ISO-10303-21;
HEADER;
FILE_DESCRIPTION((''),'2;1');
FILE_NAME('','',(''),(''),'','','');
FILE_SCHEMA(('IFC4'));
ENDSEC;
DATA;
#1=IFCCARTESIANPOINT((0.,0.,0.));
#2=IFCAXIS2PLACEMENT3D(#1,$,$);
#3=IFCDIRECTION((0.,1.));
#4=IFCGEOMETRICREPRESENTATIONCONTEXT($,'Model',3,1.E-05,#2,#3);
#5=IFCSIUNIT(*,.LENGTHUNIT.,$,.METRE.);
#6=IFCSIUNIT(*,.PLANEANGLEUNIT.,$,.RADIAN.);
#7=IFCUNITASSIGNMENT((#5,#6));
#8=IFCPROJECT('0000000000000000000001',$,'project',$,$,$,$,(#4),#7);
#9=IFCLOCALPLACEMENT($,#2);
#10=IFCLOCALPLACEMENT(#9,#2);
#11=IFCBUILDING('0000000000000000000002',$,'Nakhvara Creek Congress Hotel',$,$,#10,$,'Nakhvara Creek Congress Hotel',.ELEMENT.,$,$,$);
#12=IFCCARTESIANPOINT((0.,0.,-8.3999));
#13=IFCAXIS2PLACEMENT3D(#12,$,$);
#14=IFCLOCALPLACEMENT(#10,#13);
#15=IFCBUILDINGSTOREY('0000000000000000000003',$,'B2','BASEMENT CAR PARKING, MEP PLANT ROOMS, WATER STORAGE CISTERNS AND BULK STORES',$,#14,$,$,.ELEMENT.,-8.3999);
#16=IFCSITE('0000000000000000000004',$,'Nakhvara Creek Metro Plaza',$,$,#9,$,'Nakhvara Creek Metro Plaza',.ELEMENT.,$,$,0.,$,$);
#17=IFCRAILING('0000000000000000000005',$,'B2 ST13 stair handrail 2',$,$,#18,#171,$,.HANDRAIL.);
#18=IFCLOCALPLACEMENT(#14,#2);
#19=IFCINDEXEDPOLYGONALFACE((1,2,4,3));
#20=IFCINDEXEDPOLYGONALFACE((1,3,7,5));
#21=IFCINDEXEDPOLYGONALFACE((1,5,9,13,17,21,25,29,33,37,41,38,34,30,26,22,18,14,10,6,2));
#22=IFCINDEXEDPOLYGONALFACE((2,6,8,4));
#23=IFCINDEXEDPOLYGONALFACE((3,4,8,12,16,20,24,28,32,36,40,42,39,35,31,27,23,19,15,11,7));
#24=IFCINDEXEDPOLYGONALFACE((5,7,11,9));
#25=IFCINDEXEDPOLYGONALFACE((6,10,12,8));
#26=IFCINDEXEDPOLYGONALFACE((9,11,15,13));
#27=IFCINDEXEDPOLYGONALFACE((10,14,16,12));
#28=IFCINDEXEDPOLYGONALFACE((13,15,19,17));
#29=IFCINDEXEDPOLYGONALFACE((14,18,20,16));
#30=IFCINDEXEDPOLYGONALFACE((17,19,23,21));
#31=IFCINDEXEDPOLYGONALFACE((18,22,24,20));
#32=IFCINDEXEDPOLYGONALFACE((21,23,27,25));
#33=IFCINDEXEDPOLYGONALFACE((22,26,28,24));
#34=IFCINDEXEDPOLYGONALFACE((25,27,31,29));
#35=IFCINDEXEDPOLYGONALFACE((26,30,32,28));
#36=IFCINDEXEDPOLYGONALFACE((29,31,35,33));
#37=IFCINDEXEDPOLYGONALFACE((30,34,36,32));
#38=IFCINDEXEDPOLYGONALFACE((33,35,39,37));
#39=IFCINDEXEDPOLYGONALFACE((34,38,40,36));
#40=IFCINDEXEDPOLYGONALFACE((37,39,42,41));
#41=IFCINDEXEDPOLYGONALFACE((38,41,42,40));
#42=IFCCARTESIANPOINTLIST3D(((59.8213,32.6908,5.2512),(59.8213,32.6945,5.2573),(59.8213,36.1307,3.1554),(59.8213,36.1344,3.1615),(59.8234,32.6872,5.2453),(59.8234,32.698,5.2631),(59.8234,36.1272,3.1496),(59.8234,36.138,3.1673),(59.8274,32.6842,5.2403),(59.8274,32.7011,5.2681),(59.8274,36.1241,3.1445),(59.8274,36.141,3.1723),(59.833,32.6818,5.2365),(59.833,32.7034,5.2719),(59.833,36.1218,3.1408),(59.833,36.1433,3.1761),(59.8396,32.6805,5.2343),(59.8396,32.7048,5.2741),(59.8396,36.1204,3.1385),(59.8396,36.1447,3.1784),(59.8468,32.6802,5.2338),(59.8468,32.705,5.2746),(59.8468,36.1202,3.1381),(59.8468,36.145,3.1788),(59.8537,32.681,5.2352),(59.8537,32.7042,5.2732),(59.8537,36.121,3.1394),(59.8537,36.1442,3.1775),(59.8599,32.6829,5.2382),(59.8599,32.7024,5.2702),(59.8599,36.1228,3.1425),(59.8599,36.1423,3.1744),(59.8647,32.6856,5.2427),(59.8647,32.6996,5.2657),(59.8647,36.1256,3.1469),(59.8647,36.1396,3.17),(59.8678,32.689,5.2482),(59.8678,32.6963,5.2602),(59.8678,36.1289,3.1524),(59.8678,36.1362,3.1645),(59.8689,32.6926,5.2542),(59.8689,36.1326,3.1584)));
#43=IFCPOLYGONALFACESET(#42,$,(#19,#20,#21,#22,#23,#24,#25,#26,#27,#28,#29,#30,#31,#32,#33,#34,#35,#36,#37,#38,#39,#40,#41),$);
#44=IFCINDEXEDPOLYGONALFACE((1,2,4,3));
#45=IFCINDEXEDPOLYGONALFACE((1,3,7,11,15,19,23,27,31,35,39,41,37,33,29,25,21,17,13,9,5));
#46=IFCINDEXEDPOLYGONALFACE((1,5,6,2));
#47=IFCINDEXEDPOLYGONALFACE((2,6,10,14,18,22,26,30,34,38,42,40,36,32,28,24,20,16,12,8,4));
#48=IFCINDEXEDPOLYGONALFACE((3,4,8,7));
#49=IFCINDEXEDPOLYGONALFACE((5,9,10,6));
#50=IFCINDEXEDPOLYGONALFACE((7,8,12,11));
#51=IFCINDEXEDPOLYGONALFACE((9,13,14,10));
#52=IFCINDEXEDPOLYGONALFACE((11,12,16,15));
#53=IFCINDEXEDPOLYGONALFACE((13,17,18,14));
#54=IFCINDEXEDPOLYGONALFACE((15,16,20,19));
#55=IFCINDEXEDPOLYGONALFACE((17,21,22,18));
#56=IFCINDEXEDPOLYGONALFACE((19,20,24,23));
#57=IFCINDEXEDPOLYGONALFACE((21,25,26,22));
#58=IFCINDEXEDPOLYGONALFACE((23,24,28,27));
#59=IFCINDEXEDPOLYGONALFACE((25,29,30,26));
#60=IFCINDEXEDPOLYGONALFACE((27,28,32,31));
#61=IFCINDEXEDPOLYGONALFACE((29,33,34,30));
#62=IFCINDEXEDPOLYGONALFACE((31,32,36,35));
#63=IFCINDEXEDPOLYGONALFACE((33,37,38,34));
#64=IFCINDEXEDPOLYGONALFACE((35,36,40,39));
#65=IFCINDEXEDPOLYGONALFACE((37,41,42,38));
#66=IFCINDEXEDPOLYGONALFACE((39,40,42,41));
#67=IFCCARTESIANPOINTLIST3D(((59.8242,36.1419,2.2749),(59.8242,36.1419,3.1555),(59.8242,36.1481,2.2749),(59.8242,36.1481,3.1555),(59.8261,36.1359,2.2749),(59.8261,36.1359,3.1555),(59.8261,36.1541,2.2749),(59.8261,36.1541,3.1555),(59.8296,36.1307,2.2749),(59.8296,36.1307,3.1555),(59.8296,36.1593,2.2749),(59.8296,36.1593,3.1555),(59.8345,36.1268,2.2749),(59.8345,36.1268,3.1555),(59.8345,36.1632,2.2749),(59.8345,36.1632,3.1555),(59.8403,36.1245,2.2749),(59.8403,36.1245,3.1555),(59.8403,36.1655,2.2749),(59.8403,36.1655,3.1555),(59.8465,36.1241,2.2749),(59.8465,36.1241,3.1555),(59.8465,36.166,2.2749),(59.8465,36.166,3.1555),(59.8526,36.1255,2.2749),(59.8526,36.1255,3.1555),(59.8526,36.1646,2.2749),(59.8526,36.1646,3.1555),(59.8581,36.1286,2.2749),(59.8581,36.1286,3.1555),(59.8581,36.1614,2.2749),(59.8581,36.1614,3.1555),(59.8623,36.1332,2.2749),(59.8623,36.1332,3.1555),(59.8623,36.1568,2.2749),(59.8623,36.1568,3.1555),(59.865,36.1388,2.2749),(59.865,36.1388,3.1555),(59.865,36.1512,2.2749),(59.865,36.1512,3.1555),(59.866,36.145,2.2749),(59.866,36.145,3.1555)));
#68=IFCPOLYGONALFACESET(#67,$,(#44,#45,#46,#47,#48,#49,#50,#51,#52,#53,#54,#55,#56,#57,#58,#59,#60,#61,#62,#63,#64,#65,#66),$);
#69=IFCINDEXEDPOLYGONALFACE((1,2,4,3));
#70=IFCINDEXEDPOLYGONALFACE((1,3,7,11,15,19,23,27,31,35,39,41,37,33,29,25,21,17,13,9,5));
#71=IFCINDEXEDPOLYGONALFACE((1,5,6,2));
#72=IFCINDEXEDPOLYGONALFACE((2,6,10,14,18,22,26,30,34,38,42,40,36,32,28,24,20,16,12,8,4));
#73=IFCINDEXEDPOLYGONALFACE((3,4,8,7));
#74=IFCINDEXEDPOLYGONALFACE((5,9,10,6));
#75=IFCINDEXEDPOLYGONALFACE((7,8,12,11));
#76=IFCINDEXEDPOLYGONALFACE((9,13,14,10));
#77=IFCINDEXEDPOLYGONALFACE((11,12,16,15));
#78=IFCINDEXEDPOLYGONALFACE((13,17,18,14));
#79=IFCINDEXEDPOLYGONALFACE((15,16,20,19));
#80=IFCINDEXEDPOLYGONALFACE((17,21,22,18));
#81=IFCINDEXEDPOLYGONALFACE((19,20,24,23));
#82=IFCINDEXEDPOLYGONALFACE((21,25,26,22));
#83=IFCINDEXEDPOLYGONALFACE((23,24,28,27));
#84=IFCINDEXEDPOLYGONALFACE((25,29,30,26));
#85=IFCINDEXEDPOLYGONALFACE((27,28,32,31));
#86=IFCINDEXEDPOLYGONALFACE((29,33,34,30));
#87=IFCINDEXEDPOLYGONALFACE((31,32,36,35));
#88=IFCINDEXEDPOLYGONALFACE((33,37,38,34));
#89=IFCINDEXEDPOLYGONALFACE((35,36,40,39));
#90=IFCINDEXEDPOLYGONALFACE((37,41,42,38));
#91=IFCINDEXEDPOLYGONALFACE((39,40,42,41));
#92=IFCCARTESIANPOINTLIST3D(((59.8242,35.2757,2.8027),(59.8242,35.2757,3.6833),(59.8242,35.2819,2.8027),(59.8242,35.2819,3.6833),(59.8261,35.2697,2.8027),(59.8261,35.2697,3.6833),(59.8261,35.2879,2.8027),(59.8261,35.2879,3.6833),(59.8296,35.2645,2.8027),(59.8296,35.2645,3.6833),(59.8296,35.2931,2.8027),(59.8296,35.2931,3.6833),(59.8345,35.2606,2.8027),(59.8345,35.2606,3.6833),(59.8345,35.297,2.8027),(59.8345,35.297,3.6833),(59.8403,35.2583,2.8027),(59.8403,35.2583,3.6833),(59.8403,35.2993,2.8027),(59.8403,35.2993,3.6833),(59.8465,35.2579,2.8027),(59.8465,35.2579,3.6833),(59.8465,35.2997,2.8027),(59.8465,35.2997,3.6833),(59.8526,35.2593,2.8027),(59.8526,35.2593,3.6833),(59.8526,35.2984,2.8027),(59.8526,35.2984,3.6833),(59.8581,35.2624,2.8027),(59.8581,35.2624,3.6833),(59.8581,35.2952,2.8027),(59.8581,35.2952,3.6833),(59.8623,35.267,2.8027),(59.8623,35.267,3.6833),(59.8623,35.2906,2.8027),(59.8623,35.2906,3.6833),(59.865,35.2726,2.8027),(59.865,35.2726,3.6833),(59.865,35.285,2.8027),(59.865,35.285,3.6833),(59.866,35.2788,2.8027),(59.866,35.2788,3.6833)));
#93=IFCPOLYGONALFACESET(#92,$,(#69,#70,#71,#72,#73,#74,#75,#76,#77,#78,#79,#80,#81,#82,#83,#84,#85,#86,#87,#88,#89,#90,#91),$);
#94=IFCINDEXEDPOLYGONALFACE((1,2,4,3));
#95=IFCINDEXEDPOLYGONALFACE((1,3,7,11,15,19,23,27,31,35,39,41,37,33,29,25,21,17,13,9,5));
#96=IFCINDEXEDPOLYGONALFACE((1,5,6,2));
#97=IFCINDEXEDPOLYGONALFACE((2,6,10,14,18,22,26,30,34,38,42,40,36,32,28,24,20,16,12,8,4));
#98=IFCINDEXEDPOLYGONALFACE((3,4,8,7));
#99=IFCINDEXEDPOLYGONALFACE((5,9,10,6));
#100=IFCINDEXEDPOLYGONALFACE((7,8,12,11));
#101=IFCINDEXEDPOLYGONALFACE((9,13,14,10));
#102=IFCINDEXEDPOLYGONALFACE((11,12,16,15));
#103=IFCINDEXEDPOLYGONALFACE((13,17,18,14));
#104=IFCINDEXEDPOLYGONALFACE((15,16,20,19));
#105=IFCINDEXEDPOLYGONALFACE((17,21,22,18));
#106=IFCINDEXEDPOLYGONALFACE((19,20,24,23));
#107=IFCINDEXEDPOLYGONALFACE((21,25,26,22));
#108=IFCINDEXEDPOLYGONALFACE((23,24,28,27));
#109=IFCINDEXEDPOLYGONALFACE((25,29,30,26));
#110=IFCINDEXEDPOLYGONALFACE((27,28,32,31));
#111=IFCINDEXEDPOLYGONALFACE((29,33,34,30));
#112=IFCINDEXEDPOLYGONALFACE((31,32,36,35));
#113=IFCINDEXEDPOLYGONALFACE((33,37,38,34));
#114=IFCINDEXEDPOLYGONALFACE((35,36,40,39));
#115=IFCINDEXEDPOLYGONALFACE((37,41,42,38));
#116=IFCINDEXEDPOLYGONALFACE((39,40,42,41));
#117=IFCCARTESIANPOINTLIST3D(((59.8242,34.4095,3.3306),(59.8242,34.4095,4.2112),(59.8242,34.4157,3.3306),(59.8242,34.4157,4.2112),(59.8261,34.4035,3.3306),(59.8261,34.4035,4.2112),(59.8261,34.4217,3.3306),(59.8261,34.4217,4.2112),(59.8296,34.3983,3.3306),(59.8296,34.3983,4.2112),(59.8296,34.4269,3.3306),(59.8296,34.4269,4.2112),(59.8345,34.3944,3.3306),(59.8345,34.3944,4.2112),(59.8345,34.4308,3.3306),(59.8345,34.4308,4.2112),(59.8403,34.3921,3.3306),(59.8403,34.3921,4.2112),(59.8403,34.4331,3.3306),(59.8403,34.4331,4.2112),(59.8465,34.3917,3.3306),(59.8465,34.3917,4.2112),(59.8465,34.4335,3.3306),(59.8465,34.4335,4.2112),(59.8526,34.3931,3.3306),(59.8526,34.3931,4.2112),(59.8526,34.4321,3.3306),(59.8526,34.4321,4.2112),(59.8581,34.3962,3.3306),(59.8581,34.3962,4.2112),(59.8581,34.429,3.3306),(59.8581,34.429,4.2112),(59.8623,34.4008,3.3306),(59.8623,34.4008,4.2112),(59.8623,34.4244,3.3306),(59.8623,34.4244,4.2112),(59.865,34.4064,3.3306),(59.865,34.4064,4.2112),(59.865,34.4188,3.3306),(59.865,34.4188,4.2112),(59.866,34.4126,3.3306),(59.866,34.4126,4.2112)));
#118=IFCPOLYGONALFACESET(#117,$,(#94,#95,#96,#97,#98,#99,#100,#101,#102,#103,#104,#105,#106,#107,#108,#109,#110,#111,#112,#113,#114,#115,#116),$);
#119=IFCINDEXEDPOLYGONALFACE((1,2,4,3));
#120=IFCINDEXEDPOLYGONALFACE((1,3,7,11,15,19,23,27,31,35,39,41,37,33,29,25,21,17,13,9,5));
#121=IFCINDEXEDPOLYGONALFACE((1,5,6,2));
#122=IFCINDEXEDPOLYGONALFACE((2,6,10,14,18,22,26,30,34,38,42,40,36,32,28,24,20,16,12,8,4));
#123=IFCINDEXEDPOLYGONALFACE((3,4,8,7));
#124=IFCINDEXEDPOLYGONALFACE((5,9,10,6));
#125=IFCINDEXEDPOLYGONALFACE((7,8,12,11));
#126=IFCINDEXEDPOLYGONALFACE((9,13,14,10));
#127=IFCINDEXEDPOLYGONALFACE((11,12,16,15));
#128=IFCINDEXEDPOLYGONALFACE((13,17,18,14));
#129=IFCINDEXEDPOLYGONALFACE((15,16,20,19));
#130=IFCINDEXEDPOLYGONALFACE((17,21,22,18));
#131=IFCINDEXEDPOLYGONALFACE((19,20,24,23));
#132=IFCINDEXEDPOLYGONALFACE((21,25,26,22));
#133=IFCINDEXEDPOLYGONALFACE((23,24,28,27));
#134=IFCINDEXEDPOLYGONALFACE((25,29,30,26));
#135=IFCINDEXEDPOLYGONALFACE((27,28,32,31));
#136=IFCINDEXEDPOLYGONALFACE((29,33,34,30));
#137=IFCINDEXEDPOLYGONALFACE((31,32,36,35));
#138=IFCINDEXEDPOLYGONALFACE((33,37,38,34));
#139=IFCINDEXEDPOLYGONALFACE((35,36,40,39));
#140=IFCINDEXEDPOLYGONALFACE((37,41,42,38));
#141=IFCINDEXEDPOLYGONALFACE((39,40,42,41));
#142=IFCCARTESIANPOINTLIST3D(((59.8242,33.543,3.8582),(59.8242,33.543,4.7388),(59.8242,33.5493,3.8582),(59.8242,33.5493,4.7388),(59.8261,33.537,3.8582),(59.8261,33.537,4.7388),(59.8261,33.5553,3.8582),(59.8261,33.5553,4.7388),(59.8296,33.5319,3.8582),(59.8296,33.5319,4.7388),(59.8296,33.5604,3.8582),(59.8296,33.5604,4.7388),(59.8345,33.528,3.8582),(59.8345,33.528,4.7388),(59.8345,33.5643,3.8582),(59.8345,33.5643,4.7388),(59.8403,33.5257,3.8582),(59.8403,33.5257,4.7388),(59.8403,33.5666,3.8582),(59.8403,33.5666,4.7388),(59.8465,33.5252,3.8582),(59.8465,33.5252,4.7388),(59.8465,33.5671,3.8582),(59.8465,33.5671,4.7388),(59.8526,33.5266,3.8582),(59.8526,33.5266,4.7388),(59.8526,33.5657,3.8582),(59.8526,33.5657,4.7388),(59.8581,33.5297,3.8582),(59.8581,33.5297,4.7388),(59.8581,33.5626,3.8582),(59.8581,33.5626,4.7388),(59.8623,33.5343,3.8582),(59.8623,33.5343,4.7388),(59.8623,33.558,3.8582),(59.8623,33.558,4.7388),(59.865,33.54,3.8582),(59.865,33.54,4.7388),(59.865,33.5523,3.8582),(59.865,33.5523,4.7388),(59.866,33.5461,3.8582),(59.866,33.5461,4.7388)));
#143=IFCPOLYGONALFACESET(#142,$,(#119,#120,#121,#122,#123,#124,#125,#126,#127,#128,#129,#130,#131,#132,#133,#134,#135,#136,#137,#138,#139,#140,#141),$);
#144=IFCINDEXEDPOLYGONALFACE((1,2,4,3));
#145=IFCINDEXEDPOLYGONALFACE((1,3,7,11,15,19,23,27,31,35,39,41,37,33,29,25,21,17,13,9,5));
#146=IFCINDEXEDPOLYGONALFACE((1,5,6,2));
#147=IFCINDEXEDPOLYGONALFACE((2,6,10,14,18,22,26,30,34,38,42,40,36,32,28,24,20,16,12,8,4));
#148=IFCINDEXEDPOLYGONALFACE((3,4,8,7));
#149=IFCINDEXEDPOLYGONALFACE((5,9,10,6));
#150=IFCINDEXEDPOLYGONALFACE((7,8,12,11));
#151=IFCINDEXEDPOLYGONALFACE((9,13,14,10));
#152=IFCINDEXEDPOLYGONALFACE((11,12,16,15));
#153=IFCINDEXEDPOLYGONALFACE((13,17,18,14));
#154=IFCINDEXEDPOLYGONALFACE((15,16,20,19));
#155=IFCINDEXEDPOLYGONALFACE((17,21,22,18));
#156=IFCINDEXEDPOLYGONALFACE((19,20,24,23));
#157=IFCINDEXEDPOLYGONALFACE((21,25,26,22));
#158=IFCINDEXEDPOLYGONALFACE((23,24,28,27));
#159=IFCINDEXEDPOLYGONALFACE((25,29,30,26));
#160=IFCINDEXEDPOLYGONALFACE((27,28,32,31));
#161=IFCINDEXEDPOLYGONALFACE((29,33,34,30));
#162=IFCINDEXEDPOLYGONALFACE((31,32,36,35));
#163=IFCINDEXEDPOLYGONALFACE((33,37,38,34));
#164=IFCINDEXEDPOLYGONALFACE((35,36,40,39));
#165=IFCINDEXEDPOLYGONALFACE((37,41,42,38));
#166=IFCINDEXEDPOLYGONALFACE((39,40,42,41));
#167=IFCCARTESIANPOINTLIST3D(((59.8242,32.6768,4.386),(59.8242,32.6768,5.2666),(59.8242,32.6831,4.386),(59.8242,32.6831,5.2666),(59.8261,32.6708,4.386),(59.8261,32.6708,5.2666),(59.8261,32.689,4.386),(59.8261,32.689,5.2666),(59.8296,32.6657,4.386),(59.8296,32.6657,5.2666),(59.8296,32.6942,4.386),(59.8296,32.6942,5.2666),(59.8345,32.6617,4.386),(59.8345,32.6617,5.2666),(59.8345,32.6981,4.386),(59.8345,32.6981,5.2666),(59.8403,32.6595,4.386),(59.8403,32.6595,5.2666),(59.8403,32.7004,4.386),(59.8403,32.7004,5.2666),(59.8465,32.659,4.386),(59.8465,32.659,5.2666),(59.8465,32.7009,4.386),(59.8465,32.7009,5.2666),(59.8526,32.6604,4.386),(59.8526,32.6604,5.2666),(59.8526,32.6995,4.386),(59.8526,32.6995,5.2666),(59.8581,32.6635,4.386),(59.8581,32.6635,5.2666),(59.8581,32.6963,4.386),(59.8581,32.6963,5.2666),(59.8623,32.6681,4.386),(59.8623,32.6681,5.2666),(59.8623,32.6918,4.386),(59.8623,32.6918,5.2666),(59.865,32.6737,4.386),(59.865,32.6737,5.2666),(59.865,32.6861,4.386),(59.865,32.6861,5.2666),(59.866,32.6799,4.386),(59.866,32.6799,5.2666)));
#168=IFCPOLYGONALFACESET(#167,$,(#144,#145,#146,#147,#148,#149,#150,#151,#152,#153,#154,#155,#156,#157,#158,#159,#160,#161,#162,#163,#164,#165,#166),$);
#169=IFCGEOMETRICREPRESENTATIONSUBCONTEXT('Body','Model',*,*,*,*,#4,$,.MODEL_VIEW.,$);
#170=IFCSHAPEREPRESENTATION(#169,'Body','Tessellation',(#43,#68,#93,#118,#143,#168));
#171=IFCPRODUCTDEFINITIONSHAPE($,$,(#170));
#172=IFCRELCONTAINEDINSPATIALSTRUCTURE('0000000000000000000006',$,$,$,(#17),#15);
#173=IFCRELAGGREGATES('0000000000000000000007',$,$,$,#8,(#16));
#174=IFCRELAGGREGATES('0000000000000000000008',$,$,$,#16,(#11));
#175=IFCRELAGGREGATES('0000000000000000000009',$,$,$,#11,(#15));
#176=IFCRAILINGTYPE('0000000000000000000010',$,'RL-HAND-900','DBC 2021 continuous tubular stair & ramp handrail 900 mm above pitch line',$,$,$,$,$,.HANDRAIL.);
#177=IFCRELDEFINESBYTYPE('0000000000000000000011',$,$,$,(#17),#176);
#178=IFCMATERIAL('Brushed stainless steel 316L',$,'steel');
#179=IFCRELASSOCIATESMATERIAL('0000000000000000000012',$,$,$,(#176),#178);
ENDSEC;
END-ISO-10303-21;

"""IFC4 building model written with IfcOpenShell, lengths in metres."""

from ifc_helpers import new_model, si_unit, direction, frame, origin, origin_2d, place, context, subcontext, project, spatial, circle, extrude, material, type_object, element, save


model = new_model("IFC4")

# Units and contexts
model_context = context("Model", 3, precision=1e-05, world=origin(), true_north=direction((0.0, 1.0)))
body_context = subcontext(model_context, "Body", "Model", "MODEL_VIEW")
ifc_project = project(units=[si_unit("LENGTHUNIT", "METRE"), si_unit("PLANEANGLEUNIT", "RADIAN")], contexts=[model_context])

# Site, building, storey
site_placement = place(None, origin())
site = spatial("IfcSite", under=ifc_project, at=site_placement, Name="Nakhvara Creek Metro Plaza", LongName="Nakhvara Creek Metro Plaza", CompositionType="ELEMENT", RefElevation=0.0)
building_placement = place(site_placement, origin())
building = spatial("IfcBuilding", under=site, at=building_placement, Name="Nakhvara Creek Congress Hotel", LongName="Nakhvara Creek Congress Hotel", CompositionType="ELEMENT")
storey_placement = place(building_placement, frame((0.0, 0.0, -8.3999)))
storey = spatial("IfcBuildingStorey", under=building, at=storey_placement, Name="B2", Description="BASEMENT CAR PARKING, MEP PLANT ROOMS, WATER STORAGE CISTERNS AND BULK STORES", CompositionType="ELEMENT", Elevation=-8.3999)

# Railing
ifc_material_1 = material(Name="Brushed stainless steel 316L", Category="steel")
railing_type_1 = type_object("IfcRailingType", Name="RL-HAND-900", Description="DBC 2021 continuous tubular stair & ramp handrail 900 mm above pitch line", PredefinedType="HANDRAIL", material=ifc_material_1)
railing_1_placement = place(storey_placement, frame((59.845, 36.145, 2.2749)))
element("IfcRailing", 1, at=railing_1_placement, inside=storey, type_object=railing_type_1, Name="B2 ST13 stair handrail 2", PredefinedType="HANDRAIL", context=body_context, shape_type="SweptSolid", body=[
    extrude(circle(Radius=0.0239, at=origin_2d()), frame((0.0, -0.0125, 0.8835), z_axis=(0.0, -0.853991, 0.520289), x_axis=(1.0, 0.0, 0.0)), (0.0, 0.0, 1.0), 4.0281),
    extrude(circle(Radius=0.021, at=origin_2d()), origin(), (0.0, 0.0, 1.0), 0.8806),
    extrude(circle(Radius=0.021, at=origin_2d()), frame((0.0, -0.8662, 0.5278)), (0.0, 0.0, 1.0), 0.8806),
    extrude(circle(Radius=0.021, at=origin_2d()), frame((0.0, -1.7324, 1.0557)), (0.0, 0.0, 1.0), 0.8806),
    extrude(circle(Radius=0.021, at=origin_2d()), frame((0.0, -2.5989, 1.5833)), (0.0, 0.0, 1.0), 0.8806),
    extrude(circle(Radius=0.021, at=origin_2d()), frame((0.0, -3.4651, 2.1111)), (0.0, 0.0, 1.0), 0.8806),
])

save(model, "model.ifc")
